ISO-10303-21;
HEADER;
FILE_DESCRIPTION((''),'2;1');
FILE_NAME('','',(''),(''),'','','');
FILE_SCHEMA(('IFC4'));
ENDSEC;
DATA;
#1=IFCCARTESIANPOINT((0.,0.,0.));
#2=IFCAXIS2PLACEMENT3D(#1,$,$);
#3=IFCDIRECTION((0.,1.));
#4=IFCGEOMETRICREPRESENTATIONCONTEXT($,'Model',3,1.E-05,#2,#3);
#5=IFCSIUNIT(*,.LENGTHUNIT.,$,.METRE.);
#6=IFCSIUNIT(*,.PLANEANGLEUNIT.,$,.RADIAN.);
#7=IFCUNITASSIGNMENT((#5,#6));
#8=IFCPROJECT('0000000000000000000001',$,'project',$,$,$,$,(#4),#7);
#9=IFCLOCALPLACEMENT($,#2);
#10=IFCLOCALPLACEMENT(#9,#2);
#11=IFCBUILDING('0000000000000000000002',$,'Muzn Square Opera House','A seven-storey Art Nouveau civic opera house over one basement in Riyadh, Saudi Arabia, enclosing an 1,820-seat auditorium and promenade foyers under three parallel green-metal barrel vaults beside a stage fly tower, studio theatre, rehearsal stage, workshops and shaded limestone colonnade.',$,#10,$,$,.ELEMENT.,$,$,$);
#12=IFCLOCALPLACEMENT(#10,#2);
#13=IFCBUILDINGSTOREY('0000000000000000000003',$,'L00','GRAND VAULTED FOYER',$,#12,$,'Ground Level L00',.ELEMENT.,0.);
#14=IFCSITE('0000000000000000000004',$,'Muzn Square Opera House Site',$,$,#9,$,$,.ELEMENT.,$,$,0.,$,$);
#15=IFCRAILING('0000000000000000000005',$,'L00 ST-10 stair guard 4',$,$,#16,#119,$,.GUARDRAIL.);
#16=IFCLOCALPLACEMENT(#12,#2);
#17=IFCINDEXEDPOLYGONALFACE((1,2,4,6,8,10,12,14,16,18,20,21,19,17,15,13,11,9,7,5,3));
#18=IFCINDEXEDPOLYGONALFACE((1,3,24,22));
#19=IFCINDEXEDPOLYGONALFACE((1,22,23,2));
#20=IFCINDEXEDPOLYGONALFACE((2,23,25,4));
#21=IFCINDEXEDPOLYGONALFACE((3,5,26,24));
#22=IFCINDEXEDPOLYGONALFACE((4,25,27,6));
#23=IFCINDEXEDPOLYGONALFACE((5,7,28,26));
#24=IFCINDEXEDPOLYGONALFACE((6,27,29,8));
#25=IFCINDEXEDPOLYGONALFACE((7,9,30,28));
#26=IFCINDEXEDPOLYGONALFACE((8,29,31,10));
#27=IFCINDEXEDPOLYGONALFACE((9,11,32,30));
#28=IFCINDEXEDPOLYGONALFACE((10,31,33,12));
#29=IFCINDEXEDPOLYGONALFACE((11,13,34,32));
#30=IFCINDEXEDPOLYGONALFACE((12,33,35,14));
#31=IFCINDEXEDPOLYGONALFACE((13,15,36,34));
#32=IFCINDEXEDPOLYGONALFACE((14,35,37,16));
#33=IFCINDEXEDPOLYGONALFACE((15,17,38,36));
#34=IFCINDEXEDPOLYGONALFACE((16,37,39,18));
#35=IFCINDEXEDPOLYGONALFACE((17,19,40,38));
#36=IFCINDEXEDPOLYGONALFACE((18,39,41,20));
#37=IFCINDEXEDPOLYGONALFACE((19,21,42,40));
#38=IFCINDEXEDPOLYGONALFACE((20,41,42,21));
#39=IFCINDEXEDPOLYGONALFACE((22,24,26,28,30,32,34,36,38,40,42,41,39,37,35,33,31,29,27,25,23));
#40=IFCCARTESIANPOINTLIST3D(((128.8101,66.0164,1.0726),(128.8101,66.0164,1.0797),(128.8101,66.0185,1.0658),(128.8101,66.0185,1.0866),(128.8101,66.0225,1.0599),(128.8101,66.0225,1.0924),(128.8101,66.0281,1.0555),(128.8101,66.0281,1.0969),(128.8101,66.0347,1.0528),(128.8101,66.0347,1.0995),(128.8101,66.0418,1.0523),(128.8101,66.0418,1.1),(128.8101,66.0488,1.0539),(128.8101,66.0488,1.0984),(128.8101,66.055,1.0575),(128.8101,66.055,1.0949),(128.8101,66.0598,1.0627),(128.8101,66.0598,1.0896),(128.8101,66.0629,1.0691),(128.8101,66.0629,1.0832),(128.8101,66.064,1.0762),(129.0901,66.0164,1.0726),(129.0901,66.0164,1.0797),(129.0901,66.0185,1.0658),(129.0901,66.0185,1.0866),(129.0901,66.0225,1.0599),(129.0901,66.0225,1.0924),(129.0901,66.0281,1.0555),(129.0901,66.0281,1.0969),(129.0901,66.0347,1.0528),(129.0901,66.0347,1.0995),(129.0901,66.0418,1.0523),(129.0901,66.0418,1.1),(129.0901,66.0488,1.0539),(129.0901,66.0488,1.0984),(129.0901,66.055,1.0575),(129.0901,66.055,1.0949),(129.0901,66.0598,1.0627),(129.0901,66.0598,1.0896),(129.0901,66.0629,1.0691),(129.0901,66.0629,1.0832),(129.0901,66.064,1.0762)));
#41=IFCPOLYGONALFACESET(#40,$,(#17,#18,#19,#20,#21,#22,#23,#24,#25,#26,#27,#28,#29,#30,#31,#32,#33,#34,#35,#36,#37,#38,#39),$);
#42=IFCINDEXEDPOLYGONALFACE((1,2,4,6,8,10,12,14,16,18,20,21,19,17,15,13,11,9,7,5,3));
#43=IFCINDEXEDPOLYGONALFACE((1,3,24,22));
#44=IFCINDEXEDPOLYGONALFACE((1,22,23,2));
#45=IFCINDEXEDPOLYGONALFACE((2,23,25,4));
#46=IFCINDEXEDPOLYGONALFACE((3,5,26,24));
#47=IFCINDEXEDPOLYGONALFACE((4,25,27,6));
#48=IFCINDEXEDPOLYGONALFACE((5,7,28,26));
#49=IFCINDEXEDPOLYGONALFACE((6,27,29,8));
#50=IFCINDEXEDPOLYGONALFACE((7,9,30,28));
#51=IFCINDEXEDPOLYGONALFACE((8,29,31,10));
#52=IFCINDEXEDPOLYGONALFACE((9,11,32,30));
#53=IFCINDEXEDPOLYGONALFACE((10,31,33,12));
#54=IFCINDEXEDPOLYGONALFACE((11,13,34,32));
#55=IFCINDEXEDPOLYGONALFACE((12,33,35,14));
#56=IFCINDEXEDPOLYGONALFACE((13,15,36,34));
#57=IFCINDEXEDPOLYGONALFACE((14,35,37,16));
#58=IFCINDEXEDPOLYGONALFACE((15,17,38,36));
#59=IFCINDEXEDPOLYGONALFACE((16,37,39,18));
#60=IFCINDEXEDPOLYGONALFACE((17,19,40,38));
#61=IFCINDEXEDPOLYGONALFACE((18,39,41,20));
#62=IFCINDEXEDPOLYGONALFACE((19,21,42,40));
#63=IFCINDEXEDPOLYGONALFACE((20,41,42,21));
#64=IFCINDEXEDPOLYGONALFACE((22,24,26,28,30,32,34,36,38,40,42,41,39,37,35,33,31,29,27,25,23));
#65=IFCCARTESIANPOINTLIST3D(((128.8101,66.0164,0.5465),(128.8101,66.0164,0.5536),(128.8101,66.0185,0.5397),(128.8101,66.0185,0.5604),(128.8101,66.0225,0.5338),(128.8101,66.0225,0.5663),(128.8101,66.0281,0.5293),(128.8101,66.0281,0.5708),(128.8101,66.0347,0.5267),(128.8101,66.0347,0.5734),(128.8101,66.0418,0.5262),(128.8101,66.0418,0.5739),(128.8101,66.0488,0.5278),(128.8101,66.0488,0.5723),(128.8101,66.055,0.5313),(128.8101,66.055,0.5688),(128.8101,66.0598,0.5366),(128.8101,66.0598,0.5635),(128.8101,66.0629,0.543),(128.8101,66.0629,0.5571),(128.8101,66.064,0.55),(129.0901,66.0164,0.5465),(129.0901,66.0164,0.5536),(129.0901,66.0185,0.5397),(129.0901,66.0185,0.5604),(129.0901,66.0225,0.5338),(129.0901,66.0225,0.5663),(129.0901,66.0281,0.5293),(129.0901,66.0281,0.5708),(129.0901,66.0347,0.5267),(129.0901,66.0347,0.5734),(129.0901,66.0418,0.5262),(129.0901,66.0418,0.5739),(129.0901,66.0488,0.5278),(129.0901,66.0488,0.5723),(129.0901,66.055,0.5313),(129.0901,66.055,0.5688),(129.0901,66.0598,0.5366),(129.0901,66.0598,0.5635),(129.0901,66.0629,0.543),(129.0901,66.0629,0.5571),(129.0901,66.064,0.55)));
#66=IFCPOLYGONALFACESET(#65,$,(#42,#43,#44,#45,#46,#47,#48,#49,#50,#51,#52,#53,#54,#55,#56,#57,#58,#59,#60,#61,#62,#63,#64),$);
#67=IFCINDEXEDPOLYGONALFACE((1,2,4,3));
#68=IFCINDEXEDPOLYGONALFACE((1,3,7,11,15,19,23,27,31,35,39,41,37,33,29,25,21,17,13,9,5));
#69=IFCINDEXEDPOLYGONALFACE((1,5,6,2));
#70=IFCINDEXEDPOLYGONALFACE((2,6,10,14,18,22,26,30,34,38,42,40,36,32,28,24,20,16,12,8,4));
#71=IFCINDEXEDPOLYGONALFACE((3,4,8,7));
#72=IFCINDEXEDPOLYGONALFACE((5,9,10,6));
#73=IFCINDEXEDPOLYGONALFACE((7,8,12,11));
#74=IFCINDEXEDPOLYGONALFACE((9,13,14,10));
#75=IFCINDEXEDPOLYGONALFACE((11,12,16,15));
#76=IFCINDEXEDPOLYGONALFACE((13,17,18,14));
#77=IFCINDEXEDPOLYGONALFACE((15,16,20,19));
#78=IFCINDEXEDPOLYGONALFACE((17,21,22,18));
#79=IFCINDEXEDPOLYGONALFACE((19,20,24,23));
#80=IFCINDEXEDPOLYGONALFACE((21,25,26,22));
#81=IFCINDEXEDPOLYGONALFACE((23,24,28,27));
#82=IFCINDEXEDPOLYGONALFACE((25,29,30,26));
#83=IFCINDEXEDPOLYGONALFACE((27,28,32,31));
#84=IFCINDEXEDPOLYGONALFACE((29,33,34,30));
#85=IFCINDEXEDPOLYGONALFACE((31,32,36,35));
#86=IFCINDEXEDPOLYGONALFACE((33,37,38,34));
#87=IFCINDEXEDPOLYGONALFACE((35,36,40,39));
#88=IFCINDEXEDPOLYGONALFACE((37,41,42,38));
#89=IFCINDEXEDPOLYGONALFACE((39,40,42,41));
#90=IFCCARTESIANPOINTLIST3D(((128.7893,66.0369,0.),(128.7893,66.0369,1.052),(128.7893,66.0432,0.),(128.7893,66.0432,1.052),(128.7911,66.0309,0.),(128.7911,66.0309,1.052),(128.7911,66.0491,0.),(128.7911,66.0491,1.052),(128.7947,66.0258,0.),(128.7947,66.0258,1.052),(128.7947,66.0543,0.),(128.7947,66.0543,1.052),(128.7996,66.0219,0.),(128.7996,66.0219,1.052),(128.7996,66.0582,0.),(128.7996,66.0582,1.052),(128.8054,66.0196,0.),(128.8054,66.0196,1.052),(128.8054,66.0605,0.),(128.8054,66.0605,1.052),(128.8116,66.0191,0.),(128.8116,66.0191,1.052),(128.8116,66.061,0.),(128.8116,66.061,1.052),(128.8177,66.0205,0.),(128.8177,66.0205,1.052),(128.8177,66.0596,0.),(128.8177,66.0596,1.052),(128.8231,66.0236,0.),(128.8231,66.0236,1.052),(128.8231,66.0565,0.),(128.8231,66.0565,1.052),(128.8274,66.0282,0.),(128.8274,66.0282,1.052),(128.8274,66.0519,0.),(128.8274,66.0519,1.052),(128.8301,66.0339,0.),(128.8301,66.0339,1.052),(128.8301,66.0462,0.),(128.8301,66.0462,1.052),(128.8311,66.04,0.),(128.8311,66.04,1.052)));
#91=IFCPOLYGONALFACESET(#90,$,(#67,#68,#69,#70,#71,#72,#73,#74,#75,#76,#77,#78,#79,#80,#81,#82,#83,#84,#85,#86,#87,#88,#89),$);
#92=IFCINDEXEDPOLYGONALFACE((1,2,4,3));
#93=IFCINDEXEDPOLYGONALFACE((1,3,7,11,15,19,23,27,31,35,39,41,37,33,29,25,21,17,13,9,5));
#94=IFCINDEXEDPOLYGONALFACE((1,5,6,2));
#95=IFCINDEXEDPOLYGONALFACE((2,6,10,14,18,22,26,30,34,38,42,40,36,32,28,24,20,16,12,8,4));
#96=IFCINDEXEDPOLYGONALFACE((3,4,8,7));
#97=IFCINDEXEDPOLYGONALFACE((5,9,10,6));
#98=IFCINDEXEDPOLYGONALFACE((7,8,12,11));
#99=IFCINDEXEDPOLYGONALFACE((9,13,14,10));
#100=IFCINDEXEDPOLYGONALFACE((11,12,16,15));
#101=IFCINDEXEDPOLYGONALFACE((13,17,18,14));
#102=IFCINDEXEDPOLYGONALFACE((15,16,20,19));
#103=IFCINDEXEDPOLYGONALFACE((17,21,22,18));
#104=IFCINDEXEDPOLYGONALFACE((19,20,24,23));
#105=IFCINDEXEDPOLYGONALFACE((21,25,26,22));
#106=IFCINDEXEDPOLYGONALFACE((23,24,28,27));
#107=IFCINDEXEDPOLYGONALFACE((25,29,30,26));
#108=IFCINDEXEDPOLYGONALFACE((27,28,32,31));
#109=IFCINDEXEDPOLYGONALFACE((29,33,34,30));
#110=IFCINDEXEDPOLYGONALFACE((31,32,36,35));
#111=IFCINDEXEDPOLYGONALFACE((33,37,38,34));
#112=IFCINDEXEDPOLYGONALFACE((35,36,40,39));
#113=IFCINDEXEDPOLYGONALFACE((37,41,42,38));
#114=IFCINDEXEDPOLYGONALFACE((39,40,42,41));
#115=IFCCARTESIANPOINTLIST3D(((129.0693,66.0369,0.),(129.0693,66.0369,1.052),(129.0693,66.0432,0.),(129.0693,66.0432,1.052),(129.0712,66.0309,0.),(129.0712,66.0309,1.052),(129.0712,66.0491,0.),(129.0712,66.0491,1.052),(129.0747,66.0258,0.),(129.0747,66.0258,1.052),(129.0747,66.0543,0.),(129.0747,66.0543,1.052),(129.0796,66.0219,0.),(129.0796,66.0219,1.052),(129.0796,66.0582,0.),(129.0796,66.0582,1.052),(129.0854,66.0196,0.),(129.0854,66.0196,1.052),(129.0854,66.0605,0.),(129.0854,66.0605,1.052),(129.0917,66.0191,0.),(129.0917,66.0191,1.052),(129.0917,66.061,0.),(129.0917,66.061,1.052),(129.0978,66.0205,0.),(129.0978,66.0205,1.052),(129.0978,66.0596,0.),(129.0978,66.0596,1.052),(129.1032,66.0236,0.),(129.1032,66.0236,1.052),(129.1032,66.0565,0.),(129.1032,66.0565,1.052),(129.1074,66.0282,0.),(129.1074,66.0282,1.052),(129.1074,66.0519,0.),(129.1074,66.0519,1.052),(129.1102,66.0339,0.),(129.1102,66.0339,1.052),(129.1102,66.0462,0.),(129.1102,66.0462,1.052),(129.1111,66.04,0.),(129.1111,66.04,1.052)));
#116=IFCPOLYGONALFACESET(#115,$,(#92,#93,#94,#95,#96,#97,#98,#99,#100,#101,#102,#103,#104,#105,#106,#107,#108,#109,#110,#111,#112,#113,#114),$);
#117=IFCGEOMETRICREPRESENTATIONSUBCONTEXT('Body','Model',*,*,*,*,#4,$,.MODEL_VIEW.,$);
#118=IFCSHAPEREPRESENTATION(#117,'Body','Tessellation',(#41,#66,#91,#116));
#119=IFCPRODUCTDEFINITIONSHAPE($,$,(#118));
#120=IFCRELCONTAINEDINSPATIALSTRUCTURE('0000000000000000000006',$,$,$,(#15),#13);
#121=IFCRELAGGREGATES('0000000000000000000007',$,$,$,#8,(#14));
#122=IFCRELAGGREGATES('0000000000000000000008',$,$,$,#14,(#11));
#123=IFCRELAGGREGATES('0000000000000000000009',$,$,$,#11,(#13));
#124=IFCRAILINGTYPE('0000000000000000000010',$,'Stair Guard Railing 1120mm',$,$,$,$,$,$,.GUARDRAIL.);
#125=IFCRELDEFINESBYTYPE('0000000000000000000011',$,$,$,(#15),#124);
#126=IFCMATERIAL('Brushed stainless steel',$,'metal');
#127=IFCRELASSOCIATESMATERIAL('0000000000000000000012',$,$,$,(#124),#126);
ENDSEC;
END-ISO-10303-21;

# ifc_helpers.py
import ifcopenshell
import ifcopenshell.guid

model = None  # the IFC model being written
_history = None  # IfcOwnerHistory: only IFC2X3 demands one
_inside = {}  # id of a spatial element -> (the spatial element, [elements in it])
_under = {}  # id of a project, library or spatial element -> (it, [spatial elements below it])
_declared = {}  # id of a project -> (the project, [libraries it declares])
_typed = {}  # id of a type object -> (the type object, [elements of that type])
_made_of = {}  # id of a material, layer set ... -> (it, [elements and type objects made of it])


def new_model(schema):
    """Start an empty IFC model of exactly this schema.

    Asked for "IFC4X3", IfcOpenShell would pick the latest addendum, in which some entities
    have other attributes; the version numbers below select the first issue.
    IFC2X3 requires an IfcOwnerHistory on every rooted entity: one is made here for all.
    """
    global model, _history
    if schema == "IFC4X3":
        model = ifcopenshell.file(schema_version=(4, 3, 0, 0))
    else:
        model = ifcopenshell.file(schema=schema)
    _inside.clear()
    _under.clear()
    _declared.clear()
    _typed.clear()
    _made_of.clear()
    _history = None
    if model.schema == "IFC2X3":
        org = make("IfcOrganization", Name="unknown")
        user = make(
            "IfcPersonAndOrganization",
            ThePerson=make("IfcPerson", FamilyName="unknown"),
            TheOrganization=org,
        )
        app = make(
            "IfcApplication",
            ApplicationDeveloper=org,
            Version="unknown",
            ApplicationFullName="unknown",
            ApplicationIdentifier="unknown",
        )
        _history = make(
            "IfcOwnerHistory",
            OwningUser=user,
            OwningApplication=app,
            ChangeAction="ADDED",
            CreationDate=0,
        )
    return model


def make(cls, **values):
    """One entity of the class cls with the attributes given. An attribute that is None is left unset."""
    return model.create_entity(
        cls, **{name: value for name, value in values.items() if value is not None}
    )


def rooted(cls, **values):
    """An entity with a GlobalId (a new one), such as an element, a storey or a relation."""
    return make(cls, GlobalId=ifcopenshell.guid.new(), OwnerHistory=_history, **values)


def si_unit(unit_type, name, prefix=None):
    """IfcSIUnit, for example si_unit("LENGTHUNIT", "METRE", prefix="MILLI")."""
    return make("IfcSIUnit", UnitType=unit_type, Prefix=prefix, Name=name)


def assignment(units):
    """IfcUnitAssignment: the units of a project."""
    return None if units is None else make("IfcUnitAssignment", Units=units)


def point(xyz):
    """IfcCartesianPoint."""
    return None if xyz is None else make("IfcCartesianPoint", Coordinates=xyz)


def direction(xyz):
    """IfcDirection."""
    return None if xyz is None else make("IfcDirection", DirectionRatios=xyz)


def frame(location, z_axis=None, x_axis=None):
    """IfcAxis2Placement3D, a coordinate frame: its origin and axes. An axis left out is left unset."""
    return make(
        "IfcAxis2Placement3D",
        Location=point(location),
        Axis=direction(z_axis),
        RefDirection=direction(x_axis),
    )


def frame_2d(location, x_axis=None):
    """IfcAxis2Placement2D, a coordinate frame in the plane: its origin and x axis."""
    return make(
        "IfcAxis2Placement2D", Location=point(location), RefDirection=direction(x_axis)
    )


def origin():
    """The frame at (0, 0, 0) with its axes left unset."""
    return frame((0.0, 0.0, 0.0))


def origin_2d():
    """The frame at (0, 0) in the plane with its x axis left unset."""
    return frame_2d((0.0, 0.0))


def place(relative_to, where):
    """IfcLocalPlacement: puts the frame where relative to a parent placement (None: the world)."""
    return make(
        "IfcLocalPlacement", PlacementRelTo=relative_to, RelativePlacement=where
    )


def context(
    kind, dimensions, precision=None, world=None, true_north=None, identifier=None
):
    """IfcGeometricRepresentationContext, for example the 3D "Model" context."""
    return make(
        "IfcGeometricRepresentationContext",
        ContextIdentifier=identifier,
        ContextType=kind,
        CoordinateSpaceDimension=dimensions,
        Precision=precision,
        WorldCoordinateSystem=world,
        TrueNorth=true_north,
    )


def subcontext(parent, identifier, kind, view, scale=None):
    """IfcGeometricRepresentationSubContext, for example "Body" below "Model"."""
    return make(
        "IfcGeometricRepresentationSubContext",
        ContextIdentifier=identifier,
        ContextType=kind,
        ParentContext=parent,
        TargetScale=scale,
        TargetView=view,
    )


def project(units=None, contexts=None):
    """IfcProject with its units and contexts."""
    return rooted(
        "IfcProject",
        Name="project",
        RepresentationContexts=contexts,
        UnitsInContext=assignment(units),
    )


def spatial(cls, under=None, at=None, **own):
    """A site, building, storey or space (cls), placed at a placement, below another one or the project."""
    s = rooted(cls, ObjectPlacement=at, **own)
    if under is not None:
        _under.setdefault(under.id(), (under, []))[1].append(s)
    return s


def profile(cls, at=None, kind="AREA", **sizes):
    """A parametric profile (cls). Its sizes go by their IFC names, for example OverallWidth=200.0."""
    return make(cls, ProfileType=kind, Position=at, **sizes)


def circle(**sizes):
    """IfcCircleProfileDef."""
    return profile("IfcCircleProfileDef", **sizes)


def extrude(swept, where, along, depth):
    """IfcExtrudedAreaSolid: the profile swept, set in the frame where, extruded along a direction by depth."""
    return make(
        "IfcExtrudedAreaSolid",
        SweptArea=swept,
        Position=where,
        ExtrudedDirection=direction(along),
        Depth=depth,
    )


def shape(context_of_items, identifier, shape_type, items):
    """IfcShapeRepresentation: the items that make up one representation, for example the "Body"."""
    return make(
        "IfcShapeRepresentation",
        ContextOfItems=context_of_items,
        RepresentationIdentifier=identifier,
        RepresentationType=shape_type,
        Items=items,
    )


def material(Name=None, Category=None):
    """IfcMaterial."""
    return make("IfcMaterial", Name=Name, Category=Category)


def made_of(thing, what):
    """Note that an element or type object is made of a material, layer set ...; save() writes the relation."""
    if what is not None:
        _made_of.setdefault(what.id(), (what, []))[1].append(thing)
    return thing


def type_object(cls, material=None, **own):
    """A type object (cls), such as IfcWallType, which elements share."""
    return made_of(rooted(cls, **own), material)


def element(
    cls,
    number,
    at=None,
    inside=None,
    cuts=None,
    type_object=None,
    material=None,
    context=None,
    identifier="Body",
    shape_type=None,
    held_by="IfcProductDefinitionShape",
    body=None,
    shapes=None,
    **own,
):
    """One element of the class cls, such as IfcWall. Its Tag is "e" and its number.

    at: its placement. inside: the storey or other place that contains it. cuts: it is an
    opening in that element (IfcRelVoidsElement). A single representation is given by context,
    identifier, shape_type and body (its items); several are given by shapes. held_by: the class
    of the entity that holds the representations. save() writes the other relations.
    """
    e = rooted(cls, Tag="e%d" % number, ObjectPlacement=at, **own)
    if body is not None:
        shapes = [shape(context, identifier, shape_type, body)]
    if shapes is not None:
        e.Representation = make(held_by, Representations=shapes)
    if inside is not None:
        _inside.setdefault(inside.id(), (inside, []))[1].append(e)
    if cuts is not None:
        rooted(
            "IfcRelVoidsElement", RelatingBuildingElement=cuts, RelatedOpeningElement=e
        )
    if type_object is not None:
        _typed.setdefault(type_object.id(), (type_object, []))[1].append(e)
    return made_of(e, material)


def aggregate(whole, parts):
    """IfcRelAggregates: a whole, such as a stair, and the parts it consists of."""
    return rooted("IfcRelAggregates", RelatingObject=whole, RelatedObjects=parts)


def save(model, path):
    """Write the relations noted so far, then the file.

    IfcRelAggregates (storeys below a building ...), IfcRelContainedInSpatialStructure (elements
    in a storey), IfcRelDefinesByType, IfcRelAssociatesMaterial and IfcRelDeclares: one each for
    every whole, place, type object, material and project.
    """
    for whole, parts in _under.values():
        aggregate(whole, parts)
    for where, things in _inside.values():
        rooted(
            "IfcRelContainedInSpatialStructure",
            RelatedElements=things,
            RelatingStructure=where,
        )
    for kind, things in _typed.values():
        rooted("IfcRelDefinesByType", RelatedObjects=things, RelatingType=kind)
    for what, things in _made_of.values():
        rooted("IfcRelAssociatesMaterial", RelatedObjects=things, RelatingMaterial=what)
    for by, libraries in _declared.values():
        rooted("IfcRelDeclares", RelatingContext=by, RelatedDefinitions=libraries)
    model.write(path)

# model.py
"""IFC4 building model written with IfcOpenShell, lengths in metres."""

from ifc_helpers import new_model, si_unit, direction, frame, origin, origin_2d, place, context, subcontext, project, spatial, circle, extrude, material, type_object, element, save


model = new_model("IFC4")

# Units and contexts
model_context = context("Model", 3, precision=1e-05, world=origin(), true_north=direction((0.0, 1.0)))
body_context = subcontext(model_context, "Body", "Model", "MODEL_VIEW")
ifc_project = project(units=[si_unit("LENGTHUNIT", "METRE"), si_unit("PLANEANGLEUNIT", "RADIAN")], contexts=[model_context])

# Site, building, storey
site_placement = place(None, origin())
site = spatial("IfcSite", under=ifc_project, at=site_placement, Name="Muzn Square Opera House Site", CompositionType="ELEMENT", RefElevation=0.0)
building_placement = place(site_placement, origin())
building = spatial("IfcBuilding", under=site, at=building_placement, Name="Muzn Square Opera House", Description="A seven-storey Art Nouveau civic opera house over one basement in Riyadh, Saudi Arabia, enclosing an 1,820-seat auditorium and promenade foyers under three parallel green-metal barrel vaults beside a stage fly tower, studio theatre, rehearsal stage, workshops and shaded limestone colonnade.", CompositionType="ELEMENT")
storey_placement = place(building_placement, origin())
storey = spatial("IfcBuildingStorey", under=building, at=storey_placement, Name="L00", Description="GRAND VAULTED FOYER", LongName="Ground Level L00", CompositionType="ELEMENT", Elevation=0.0)

# Railing
ifc_material_1 = material(Name="Brushed stainless steel", Category="metal")
railing_type_1 = type_object("IfcRailingType", Name="Stair Guard Railing 1120mm", PredefinedType="GUARDRAIL", material=ifc_material_1)
railing_1_placement = place(storey_placement, frame((128.8101, 66.04, 0.0)))
element("IfcRailing", 1, at=railing_1_placement, inside=storey, type_object=railing_type_1, Name="L00 ST-10 stair guard 4", PredefinedType="GUARDRAIL", context=body_context, shape_type="SweptSolid", body=[
    extrude(circle(Radius=0.0239, at=origin_2d()), frame((0.0, 0.0, 1.0762), z_axis=(1.0, 0.0, 0.0), x_axis=(0.0, 1.0, 0.0)), (0.0, 0.0, 1.0), 0.28),
    extrude(circle(Radius=0.0239, at=origin_2d()), frame((0.0, 0.0, 0.55), z_axis=(1.0, 0.0, 0.0), x_axis=(0.0, 1.0, 0.0)), (0.0, 0.0, 1.0), 0.28),
    extrude(circle(Radius=0.021, at=origin_2d()), origin(), (0.0, 0.0, 1.0), 1.052),
    extrude(circle(Radius=0.021, at=origin_2d()), frame((0.28, 0.0, 0.0)), (0.0, 0.0, 1.0), 1.052),
])

save(model, "model.ifc")
